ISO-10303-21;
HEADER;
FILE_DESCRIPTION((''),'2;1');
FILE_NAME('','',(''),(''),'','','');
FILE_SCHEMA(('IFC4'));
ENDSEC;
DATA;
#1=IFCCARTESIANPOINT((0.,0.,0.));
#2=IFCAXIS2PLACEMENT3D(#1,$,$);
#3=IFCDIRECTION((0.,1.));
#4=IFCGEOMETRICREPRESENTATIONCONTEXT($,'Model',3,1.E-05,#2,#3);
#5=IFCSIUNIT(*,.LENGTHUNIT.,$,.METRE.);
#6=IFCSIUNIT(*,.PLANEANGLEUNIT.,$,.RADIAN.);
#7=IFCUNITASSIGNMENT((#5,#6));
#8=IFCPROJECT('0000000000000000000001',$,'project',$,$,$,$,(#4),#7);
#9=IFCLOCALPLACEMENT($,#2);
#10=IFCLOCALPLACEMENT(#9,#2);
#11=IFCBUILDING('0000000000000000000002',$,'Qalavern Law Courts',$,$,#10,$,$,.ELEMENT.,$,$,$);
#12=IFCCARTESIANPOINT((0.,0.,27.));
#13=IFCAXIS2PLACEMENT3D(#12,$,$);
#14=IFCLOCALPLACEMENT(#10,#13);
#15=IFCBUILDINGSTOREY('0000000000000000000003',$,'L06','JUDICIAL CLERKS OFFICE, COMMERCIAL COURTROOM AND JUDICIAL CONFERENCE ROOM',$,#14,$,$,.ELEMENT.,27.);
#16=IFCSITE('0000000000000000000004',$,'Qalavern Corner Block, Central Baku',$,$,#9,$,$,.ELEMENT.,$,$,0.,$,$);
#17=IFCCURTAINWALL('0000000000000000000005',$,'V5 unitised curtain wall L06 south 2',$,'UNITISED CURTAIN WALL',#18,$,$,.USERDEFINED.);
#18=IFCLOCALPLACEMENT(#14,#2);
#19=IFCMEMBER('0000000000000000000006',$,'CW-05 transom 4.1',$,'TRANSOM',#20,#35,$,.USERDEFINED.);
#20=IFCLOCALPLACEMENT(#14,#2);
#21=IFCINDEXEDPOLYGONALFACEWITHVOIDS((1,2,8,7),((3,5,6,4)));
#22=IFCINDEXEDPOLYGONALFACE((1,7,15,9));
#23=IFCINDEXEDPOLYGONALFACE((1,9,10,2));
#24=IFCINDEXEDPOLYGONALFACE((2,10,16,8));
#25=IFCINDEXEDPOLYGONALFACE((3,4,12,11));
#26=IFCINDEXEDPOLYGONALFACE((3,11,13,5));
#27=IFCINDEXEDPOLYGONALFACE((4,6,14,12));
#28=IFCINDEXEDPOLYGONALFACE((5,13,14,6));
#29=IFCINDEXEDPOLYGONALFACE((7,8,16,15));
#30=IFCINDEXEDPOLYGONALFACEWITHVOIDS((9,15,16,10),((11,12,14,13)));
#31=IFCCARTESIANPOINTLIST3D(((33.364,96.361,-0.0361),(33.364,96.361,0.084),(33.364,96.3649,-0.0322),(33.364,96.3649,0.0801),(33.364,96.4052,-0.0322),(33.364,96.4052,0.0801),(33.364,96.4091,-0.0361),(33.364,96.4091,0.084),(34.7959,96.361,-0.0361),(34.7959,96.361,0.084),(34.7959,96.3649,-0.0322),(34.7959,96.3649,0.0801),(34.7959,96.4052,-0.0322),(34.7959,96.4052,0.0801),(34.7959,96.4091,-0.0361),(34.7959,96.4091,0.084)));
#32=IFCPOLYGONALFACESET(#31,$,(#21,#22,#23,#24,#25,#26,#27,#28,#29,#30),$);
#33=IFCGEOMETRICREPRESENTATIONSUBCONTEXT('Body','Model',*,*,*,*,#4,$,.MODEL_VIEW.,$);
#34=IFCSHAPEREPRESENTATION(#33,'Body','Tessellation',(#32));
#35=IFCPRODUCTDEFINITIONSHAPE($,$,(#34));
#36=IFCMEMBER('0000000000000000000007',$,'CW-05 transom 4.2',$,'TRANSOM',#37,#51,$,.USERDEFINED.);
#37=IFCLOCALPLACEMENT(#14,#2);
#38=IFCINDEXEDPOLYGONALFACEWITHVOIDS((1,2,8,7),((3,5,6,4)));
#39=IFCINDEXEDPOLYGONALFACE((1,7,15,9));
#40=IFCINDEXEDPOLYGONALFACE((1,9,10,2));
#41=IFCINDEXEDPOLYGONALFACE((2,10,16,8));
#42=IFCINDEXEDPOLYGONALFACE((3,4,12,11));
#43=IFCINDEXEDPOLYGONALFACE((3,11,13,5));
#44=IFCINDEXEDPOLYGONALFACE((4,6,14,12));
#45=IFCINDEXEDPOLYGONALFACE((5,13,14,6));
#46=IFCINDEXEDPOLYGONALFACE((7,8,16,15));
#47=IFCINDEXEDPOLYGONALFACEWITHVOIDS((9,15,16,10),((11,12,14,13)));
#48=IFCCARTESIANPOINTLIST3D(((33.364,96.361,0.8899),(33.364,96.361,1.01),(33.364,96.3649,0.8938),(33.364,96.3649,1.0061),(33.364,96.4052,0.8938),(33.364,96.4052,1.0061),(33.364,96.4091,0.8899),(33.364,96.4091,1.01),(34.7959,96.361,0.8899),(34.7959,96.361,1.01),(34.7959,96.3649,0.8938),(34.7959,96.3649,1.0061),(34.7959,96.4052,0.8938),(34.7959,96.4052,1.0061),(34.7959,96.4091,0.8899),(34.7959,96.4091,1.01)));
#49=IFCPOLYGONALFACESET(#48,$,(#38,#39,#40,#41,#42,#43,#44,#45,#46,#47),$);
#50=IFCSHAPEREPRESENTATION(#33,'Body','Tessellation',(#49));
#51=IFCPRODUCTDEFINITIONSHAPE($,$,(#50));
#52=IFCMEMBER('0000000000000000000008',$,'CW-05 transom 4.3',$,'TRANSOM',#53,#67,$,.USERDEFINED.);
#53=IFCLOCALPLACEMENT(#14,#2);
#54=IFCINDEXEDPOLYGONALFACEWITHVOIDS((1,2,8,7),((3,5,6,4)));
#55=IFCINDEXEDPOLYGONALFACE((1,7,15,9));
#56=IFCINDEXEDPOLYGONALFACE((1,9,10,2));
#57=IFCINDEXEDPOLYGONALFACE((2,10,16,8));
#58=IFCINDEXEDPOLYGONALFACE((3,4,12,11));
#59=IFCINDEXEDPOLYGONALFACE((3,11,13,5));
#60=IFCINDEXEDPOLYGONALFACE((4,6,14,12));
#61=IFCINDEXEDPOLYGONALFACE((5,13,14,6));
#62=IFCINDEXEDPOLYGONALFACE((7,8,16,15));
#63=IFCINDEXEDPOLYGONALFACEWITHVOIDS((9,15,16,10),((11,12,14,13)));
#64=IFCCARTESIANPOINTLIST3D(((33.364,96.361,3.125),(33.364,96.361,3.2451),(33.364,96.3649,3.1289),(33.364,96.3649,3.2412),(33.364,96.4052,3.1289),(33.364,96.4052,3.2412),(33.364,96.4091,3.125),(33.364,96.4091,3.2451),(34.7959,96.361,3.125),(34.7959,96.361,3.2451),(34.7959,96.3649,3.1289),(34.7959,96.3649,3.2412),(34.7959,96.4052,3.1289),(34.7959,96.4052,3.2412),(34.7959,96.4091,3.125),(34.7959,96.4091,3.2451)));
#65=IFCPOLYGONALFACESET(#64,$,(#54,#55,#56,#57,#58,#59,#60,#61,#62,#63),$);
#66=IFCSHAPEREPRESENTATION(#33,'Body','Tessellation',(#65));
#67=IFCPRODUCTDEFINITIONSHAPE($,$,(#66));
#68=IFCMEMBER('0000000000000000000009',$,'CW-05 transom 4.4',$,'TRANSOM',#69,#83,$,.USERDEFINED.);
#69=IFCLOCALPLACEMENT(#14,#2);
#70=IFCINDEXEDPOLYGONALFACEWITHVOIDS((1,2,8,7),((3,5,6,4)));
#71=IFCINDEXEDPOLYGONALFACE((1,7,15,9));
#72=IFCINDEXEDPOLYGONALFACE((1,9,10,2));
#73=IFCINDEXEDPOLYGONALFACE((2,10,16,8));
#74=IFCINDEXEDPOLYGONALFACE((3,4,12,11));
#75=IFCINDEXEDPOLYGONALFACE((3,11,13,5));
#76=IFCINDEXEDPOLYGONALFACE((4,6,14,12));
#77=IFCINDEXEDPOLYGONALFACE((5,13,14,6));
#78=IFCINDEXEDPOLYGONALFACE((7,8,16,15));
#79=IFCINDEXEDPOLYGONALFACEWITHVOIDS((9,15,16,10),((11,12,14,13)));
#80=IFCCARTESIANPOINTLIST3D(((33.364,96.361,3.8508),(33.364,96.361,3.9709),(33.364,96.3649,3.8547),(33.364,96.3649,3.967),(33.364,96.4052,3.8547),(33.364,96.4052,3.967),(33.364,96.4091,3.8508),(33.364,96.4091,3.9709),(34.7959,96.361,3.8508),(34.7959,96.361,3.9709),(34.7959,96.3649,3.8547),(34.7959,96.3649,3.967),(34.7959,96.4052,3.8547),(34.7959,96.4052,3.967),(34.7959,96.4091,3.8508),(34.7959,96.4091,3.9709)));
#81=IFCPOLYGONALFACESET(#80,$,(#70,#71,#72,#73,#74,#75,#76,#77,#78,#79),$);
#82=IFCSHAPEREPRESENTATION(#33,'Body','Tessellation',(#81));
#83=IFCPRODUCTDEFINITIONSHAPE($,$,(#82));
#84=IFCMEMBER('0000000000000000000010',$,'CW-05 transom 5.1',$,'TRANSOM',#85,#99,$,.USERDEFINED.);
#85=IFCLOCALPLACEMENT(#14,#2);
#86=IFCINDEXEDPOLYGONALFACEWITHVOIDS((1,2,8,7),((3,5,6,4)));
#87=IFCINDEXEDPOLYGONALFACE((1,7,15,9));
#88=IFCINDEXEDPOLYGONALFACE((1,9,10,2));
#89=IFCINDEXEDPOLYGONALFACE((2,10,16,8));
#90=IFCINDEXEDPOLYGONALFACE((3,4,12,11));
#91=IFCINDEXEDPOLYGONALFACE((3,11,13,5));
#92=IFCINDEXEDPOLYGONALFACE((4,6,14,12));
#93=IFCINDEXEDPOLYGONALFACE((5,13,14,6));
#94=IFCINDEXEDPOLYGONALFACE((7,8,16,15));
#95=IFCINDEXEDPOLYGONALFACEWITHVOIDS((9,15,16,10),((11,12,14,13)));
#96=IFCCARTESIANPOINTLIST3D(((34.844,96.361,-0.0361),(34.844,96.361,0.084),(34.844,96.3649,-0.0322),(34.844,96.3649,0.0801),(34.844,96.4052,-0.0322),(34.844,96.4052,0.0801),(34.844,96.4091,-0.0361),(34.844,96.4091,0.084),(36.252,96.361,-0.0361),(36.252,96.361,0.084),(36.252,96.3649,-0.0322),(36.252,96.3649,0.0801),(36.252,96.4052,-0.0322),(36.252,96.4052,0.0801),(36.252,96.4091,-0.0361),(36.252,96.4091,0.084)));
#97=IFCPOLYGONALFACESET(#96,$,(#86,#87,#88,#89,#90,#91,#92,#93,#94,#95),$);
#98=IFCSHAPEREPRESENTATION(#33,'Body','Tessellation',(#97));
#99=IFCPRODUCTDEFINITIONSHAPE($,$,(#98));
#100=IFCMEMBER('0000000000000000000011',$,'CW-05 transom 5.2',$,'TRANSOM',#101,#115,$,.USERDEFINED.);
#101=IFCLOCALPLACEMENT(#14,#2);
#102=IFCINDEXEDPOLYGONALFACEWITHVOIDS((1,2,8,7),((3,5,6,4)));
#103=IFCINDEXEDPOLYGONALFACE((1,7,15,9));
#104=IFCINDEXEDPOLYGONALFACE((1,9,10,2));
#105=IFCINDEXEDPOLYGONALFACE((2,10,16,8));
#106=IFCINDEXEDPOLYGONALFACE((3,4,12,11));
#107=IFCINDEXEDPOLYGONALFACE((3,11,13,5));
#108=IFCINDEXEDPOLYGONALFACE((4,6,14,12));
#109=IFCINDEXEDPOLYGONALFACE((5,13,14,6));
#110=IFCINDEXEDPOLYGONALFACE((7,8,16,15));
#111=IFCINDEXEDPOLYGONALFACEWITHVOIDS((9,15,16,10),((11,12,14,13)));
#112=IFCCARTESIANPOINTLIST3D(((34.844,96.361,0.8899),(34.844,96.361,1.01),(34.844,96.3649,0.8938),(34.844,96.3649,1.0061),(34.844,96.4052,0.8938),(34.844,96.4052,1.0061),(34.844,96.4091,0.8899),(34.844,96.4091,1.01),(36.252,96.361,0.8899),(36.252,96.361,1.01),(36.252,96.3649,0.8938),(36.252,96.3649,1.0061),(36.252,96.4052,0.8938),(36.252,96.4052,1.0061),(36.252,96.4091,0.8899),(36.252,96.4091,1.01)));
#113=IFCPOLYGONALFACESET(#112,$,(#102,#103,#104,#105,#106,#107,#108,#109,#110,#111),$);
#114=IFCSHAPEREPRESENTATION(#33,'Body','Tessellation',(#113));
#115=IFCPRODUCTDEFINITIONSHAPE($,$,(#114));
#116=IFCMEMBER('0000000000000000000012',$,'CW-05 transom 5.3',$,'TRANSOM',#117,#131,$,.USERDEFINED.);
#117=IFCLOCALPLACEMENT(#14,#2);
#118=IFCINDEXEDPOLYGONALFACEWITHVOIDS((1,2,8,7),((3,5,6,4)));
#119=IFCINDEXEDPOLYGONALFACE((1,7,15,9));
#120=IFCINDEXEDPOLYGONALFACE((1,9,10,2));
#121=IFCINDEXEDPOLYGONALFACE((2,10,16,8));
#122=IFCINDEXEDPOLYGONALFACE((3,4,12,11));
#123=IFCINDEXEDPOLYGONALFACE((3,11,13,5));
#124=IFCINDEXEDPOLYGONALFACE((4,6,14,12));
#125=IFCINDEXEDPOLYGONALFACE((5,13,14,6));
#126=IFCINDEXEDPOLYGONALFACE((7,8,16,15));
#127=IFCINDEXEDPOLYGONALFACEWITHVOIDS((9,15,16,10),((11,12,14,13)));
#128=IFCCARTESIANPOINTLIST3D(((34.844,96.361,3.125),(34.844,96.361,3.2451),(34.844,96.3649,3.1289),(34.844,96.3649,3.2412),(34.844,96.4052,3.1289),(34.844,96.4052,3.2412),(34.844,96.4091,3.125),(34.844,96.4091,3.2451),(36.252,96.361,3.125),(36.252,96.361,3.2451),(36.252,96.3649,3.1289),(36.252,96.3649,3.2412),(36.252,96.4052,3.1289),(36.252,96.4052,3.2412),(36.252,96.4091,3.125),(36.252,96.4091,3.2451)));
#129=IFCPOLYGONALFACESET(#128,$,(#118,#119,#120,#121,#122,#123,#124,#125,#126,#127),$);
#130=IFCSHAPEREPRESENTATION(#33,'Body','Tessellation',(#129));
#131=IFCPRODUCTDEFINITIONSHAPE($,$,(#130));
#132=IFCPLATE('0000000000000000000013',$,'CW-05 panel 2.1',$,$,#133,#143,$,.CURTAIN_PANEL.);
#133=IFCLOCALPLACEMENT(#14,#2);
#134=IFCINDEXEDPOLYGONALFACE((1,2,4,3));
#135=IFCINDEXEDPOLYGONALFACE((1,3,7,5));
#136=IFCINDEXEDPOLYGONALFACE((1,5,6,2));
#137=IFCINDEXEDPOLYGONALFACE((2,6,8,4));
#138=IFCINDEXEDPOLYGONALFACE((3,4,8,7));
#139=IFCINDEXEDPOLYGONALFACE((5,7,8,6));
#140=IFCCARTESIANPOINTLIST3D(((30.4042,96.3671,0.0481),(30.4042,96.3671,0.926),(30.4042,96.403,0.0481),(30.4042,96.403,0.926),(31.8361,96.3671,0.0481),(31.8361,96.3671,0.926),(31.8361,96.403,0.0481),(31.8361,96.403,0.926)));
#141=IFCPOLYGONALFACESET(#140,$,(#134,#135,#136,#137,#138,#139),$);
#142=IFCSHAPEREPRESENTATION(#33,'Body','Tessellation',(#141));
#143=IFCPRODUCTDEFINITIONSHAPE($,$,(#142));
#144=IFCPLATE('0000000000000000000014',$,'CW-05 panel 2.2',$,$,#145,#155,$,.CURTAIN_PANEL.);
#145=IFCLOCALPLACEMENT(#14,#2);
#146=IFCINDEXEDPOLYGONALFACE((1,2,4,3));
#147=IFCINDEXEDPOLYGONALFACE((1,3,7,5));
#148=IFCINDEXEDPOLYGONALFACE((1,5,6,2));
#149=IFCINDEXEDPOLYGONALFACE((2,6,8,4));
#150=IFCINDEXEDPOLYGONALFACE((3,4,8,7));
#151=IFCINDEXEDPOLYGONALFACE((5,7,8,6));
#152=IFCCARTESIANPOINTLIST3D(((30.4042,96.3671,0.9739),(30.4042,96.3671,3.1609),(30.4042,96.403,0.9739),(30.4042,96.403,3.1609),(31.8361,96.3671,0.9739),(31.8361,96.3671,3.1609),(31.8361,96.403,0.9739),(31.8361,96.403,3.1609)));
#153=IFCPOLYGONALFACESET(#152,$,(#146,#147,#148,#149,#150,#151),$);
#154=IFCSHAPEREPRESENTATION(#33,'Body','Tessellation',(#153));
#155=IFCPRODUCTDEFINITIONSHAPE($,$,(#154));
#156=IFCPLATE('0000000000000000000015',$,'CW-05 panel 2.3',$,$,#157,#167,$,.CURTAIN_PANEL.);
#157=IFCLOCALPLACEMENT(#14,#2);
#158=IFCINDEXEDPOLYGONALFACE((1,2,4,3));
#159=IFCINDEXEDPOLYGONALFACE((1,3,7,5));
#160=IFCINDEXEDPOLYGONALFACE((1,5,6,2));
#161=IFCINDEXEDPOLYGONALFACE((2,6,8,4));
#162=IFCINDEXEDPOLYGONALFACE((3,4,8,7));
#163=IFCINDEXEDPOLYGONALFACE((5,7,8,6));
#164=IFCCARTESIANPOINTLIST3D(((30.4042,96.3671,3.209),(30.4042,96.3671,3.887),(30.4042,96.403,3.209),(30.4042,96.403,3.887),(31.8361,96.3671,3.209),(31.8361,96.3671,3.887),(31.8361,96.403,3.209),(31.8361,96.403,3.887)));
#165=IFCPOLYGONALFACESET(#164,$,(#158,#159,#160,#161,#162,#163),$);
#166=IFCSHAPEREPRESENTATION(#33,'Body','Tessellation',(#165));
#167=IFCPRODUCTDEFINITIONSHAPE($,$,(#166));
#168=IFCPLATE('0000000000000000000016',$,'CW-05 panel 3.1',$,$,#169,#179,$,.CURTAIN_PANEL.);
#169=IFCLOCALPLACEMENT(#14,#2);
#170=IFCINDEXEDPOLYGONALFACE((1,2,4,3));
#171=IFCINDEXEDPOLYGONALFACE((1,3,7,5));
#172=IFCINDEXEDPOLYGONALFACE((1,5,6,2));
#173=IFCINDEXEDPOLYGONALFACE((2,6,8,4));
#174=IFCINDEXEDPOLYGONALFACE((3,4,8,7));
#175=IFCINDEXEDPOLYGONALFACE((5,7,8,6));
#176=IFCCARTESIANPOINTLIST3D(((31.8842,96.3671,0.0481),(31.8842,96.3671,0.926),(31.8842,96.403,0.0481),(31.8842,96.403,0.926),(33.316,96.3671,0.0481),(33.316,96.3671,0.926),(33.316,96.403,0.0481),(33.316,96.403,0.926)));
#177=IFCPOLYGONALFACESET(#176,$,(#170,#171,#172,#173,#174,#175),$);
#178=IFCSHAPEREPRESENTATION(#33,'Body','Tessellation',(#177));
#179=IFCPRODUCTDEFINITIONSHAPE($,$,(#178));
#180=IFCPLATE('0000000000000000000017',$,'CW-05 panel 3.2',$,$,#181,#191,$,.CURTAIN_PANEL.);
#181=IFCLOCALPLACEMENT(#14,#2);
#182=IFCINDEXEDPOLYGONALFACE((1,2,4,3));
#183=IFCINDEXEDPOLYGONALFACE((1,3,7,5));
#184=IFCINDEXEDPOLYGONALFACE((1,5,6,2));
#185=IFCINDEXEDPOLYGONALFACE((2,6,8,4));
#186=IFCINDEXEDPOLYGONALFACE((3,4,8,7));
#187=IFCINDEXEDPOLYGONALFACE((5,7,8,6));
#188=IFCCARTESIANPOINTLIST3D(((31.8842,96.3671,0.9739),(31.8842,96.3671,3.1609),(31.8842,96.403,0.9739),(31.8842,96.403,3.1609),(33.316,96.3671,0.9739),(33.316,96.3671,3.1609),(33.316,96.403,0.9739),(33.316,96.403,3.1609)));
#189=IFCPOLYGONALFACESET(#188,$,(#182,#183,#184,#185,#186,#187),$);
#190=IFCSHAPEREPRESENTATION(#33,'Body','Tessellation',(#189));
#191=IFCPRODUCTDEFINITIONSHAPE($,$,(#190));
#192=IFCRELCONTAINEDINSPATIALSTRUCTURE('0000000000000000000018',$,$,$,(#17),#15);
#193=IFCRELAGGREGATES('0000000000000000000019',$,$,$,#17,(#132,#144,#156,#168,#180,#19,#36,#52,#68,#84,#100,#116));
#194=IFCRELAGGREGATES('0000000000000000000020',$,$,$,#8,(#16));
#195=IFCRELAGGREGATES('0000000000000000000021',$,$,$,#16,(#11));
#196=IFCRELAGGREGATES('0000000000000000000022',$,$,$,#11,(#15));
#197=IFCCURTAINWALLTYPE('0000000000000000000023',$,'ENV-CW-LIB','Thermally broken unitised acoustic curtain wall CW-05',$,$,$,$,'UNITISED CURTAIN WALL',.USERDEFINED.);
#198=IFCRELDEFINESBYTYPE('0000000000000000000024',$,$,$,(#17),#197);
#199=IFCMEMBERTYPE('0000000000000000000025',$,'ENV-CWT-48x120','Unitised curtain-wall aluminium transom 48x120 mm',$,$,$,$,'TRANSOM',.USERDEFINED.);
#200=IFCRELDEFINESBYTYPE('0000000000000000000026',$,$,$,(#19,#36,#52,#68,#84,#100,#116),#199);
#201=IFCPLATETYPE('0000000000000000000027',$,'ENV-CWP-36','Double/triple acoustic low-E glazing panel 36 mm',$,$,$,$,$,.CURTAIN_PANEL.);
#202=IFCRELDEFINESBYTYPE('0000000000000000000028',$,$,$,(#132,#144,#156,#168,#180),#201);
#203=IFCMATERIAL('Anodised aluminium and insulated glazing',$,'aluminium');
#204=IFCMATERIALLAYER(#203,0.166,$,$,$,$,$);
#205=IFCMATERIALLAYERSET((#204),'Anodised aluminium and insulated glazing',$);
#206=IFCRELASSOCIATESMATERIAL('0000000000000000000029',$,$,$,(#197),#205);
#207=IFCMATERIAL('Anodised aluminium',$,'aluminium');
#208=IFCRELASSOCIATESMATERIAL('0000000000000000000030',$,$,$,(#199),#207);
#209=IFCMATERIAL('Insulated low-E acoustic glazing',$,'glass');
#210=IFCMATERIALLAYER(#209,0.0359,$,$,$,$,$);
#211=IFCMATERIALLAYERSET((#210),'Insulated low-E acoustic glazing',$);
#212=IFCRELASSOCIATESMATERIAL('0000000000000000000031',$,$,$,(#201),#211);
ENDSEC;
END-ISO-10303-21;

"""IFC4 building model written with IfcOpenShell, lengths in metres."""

from ifc_helpers import new_model, si_unit, direction, frame, origin, origin_2d, place, context, subcontext, project, spatial, rectangle, hollow_rectangle, extrude, material, layer, layer_set, material_profile, profile_set, type_object, element, aggregate, save


model = new_model("IFC4")

# Units and contexts
model_context = context("Model", 3, precision=1e-05, world=origin(), true_north=direction((0.0, 1.0)))
body_context = subcontext(model_context, "Body", "Model", "MODEL_VIEW")
ifc_project = project(units=[si_unit("LENGTHUNIT", "METRE"), si_unit("PLANEANGLEUNIT", "RADIAN")], contexts=[model_context])

# Site, building, storey
site_placement = place(None, origin())
site = spatial("IfcSite", under=ifc_project, at=site_placement, Name="Qalavern Corner Block, Central Baku", CompositionType="ELEMENT", RefElevation=0.0)
building_placement = place(site_placement, origin())
building = spatial("IfcBuilding", under=site, at=building_placement, Name="Qalavern Law Courts", CompositionType="ELEMENT")
storey_placement = place(building_placement, frame((0.0, 0.0, 27.0)))
storey = spatial("IfcBuildingStorey", under=building, at=storey_placement, Name="L06", Description="JUDICIAL CLERKS OFFICE, COMMERCIAL COURTROOM AND JUDICIAL CONFERENCE ROOM", CompositionType="ELEMENT", Elevation=27.0)

# Curtain wall, members, plates
ifc_material_1 = material(Name="Anodised aluminium and insulated glazing", Category="aluminium")
ifc_layer_1 = layer(ifc_material_1, 0.166)
ifc_layer_set_1 = layer_set([ifc_layer_1], Name="Anodised aluminium and insulated glazing")
curtain_wall_type = type_object("IfcCurtainWallType", Name="ENV-CW-LIB", Description="Thermally broken unitised acoustic curtain wall CW-05", ElementType="UNITISED CURTAIN WALL", PredefinedType="USERDEFINED", material=ifc_layer_set_1)
curtain_wall_placement = place(storey_placement, origin())
curtain_wall = element("IfcCurtainWall", 1, at=curtain_wall_placement, inside=storey, type_object=curtain_wall_type, Name="V5 unitised curtain wall L06 south 2", ObjectType="UNITISED CURTAIN WALL", PredefinedType="USERDEFINED")
ifc_material_2 = material(Name="Anodised aluminium", Category="aluminium")
ifc_material_profile_1 = material_profile(ifc_material_2, hollow_rectangle(XDim=0.0481, YDim=0.1201, WallThickness=0.0039, at=origin_2d()), Name="ALU TRANSOM 48x120")
ifc_profile_set_1 = profile_set([ifc_material_profile_1], Name="Anodised aluminium")
member_type_1 = type_object("IfcMemberType", Name="ENV-CWT-48x120", Description="Unitised curtain-wall aluminium transom 48x120 mm", ElementType="TRANSOM", PredefinedType="USERDEFINED", material=ifc_profile_set_1)
member_1_placement = place(storey_placement, frame((33.364, 96.385, 0.0239), z_axis=(1.0, 0.0, 0.0), x_axis=(0.0, 1.0, 0.0)))
member_1 = element("IfcMember", 2, at=member_1_placement, type_object=member_type_1, Name="CW-05 transom 4.1", ObjectType="TRANSOM", PredefinedType="USERDEFINED", context=body_context, shape_type="SweptSolid", body=[
    extrude(hollow_rectangle(XDim=0.0481, YDim=0.1201, WallThickness=0.0039, at=origin_2d()), origin(), (0.0, 0.0, 1.0), 1.4319),
])
member_2_placement = place(storey_placement, frame((33.364, 96.385, 0.95), z_axis=(1.0, 0.0, 0.0), x_axis=(0.0, 1.0, 0.0)))
member_2 = element("IfcMember", 3, at=member_2_placement, type_object=member_type_1, Name="CW-05 transom 4.2", ObjectType="TRANSOM", PredefinedType="USERDEFINED", context=body_context, shape_type="SweptSolid", body=[
    extrude(hollow_rectangle(XDim=0.0481, YDim=0.1201, WallThickness=0.0039, at=origin_2d()), origin(), (0.0, 0.0, 1.0), 1.4319),
])
member_3_placement = place(storey_placement, frame((33.364, 96.385, 3.1851), z_axis=(1.0, 0.0, 0.0), x_axis=(0.0, 1.0, 0.0)))
member_3 = element("IfcMember", 4, at=member_3_placement, type_object=member_type_1, Name="CW-05 transom 4.3", ObjectType="TRANSOM", PredefinedType="USERDEFINED", context=body_context, shape_type="SweptSolid", body=[
    extrude(hollow_rectangle(XDim=0.0481, YDim=0.1201, WallThickness=0.0039, at=origin_2d()), origin(), (0.0, 0.0, 1.0), 1.4319),
])
member_4_placement = place(storey_placement, frame((33.364, 96.385, 3.9109), z_axis=(1.0, 0.0, 0.0), x_axis=(0.0, 1.0, 0.0)))
member_4 = element("IfcMember", 5, at=member_4_placement, type_object=member_type_1, Name="CW-05 transom 4.4", ObjectType="TRANSOM", PredefinedType="USERDEFINED", context=body_context, shape_type="SweptSolid", body=[
    extrude(hollow_rectangle(XDim=0.0481, YDim=0.1201, WallThickness=0.0039, at=origin_2d()), origin(), (0.0, 0.0, 1.0), 1.4319),
])
member_5_placement = place(storey_placement, frame((34.844, 96.385, 0.0239), z_axis=(1.0, 0.0, 0.0), x_axis=(0.0, 1.0, 0.0)))
member_5 = element("IfcMember", 6, at=member_5_placement, type_object=member_type_1, Name="CW-05 transom 5.1", ObjectType="TRANSOM", PredefinedType="USERDEFINED", context=body_context, shape_type="SweptSolid", body=[
    extrude(hollow_rectangle(XDim=0.0481, YDim=0.1201, WallThickness=0.0039, at=origin_2d()), origin(), (0.0, 0.0, 1.0), 1.408),
])
member_6_placement = place(storey_placement, frame((34.844, 96.385, 0.95), z_axis=(1.0, 0.0, 0.0), x_axis=(0.0, 1.0, 0.0)))
member_6 = element("IfcMember", 7, at=member_6_placement, type_object=member_type_1, Name="CW-05 transom 5.2", ObjectType="TRANSOM", PredefinedType="USERDEFINED", context=body_context, shape_type="SweptSolid", body=[
    extrude(hollow_rectangle(XDim=0.0481, YDim=0.1201, WallThickness=0.0039, at=origin_2d()), origin(), (0.0, 0.0, 1.0), 1.408),
])
member_7_placement = place(storey_placement, frame((34.844, 96.385, 3.1851), z_axis=(1.0, 0.0, 0.0), x_axis=(0.0, 1.0, 0.0)))
member_7 = element("IfcMember", 8, at=member_7_placement, type_object=member_type_1, Name="CW-05 transom 5.3", ObjectType="TRANSOM", PredefinedType="USERDEFINED", context=body_context, shape_type="SweptSolid", body=[
    extrude(hollow_rectangle(XDim=0.0481, YDim=0.1201, WallThickness=0.0039, at=origin_2d()), origin(), (0.0, 0.0, 1.0), 1.408),
])
ifc_material_3 = material(Name="Insulated low-E acoustic glazing", Category="glass")
ifc_layer_2 = layer(ifc_material_3, 0.0359)
ifc_layer_set_2 = layer_set([ifc_layer_2], Name="Insulated low-E acoustic glazing")
plate_type = type_object("IfcPlateType", Name="ENV-CWP-36", Description="Double/triple acoustic low-E glazing panel 36 mm", PredefinedType="CURTAIN_PANEL", material=ifc_layer_set_2)
plate_1_placement = place(storey_placement, frame((31.1201, 96.385, 0.0481), z_axis=(0.0, 0.0, 1.0), x_axis=(1.0, 0.0, 0.0)))
plate_1 = element("IfcPlate", 9, at=plate_1_placement, type_object=plate_type, Name="CW-05 panel 2.1", PredefinedType="CURTAIN_PANEL", context=body_context, shape_type="SweptSolid", body=[
    extrude(rectangle(XDim=1.4319, YDim=0.0359, at=origin_2d()), origin(), (0.0, 0.0, 1.0), 0.8779),
])
plate_2_placement = place(storey_placement, frame((31.1201, 96.385, 0.9739), z_axis=(0.0, 0.0, 1.0), x_axis=(1.0, 0.0, 0.0)))
plate_2 = element("IfcPlate", 10, at=plate_2_placement, type_object=plate_type, Name="CW-05 panel 2.2", PredefinedType="CURTAIN_PANEL", context=body_context, shape_type="SweptSolid", body=[
    extrude(rectangle(XDim=1.4319, YDim=0.0359, at=origin_2d()), origin(), (0.0, 0.0, 1.0), 2.187),
])
plate_3_placement = place(storey_placement, frame((31.1201, 96.385, 3.209), z_axis=(0.0, 0.0, 1.0), x_axis=(1.0, 0.0, 0.0)))
plate_3 = element("IfcPlate", 11, at=plate_3_placement, type_object=plate_type, Name="CW-05 panel 2.3", PredefinedType="CURTAIN_PANEL", context=body_context, shape_type="SweptSolid", body=[
    extrude(rectangle(XDim=1.4319, YDim=0.0359, at=origin_2d()), origin(), (0.0, 0.0, 1.0), 0.678),
])
plate_4_placement = place(storey_placement, frame((32.6001, 96.385, 0.0481), z_axis=(0.0, 0.0, 1.0), x_axis=(1.0, 0.0, 0.0)))
plate_4 = element("IfcPlate", 12, at=plate_4_placement, type_object=plate_type, Name="CW-05 panel 3.1", PredefinedType="CURTAIN_PANEL", context=body_context, shape_type="SweptSolid", body=[
    extrude(rectangle(XDim=1.4319, YDim=0.0359, at=origin_2d()), origin(), (0.0, 0.0, 1.0), 0.8779),
])
plate_5_placement = place(storey_placement, frame((32.6001, 96.385, 0.9739), z_axis=(0.0, 0.0, 1.0), x_axis=(1.0, 0.0, 0.0)))
plate_5 = element("IfcPlate", 13, at=plate_5_placement, type_object=plate_type, Name="CW-05 panel 3.2", PredefinedType="CURTAIN_PANEL", context=body_context, shape_type="SweptSolid", body=[
    extrude(rectangle(XDim=1.4319, YDim=0.0359, at=origin_2d()), origin(), (0.0, 0.0, 1.0), 2.187),
])
aggregate(curtain_wall, [plate_1, plate_2, plate_3, plate_4, plate_5, member_1, member_2, member_3, member_4, member_5, member_6, member_7])

save(model, "model.ifc")
